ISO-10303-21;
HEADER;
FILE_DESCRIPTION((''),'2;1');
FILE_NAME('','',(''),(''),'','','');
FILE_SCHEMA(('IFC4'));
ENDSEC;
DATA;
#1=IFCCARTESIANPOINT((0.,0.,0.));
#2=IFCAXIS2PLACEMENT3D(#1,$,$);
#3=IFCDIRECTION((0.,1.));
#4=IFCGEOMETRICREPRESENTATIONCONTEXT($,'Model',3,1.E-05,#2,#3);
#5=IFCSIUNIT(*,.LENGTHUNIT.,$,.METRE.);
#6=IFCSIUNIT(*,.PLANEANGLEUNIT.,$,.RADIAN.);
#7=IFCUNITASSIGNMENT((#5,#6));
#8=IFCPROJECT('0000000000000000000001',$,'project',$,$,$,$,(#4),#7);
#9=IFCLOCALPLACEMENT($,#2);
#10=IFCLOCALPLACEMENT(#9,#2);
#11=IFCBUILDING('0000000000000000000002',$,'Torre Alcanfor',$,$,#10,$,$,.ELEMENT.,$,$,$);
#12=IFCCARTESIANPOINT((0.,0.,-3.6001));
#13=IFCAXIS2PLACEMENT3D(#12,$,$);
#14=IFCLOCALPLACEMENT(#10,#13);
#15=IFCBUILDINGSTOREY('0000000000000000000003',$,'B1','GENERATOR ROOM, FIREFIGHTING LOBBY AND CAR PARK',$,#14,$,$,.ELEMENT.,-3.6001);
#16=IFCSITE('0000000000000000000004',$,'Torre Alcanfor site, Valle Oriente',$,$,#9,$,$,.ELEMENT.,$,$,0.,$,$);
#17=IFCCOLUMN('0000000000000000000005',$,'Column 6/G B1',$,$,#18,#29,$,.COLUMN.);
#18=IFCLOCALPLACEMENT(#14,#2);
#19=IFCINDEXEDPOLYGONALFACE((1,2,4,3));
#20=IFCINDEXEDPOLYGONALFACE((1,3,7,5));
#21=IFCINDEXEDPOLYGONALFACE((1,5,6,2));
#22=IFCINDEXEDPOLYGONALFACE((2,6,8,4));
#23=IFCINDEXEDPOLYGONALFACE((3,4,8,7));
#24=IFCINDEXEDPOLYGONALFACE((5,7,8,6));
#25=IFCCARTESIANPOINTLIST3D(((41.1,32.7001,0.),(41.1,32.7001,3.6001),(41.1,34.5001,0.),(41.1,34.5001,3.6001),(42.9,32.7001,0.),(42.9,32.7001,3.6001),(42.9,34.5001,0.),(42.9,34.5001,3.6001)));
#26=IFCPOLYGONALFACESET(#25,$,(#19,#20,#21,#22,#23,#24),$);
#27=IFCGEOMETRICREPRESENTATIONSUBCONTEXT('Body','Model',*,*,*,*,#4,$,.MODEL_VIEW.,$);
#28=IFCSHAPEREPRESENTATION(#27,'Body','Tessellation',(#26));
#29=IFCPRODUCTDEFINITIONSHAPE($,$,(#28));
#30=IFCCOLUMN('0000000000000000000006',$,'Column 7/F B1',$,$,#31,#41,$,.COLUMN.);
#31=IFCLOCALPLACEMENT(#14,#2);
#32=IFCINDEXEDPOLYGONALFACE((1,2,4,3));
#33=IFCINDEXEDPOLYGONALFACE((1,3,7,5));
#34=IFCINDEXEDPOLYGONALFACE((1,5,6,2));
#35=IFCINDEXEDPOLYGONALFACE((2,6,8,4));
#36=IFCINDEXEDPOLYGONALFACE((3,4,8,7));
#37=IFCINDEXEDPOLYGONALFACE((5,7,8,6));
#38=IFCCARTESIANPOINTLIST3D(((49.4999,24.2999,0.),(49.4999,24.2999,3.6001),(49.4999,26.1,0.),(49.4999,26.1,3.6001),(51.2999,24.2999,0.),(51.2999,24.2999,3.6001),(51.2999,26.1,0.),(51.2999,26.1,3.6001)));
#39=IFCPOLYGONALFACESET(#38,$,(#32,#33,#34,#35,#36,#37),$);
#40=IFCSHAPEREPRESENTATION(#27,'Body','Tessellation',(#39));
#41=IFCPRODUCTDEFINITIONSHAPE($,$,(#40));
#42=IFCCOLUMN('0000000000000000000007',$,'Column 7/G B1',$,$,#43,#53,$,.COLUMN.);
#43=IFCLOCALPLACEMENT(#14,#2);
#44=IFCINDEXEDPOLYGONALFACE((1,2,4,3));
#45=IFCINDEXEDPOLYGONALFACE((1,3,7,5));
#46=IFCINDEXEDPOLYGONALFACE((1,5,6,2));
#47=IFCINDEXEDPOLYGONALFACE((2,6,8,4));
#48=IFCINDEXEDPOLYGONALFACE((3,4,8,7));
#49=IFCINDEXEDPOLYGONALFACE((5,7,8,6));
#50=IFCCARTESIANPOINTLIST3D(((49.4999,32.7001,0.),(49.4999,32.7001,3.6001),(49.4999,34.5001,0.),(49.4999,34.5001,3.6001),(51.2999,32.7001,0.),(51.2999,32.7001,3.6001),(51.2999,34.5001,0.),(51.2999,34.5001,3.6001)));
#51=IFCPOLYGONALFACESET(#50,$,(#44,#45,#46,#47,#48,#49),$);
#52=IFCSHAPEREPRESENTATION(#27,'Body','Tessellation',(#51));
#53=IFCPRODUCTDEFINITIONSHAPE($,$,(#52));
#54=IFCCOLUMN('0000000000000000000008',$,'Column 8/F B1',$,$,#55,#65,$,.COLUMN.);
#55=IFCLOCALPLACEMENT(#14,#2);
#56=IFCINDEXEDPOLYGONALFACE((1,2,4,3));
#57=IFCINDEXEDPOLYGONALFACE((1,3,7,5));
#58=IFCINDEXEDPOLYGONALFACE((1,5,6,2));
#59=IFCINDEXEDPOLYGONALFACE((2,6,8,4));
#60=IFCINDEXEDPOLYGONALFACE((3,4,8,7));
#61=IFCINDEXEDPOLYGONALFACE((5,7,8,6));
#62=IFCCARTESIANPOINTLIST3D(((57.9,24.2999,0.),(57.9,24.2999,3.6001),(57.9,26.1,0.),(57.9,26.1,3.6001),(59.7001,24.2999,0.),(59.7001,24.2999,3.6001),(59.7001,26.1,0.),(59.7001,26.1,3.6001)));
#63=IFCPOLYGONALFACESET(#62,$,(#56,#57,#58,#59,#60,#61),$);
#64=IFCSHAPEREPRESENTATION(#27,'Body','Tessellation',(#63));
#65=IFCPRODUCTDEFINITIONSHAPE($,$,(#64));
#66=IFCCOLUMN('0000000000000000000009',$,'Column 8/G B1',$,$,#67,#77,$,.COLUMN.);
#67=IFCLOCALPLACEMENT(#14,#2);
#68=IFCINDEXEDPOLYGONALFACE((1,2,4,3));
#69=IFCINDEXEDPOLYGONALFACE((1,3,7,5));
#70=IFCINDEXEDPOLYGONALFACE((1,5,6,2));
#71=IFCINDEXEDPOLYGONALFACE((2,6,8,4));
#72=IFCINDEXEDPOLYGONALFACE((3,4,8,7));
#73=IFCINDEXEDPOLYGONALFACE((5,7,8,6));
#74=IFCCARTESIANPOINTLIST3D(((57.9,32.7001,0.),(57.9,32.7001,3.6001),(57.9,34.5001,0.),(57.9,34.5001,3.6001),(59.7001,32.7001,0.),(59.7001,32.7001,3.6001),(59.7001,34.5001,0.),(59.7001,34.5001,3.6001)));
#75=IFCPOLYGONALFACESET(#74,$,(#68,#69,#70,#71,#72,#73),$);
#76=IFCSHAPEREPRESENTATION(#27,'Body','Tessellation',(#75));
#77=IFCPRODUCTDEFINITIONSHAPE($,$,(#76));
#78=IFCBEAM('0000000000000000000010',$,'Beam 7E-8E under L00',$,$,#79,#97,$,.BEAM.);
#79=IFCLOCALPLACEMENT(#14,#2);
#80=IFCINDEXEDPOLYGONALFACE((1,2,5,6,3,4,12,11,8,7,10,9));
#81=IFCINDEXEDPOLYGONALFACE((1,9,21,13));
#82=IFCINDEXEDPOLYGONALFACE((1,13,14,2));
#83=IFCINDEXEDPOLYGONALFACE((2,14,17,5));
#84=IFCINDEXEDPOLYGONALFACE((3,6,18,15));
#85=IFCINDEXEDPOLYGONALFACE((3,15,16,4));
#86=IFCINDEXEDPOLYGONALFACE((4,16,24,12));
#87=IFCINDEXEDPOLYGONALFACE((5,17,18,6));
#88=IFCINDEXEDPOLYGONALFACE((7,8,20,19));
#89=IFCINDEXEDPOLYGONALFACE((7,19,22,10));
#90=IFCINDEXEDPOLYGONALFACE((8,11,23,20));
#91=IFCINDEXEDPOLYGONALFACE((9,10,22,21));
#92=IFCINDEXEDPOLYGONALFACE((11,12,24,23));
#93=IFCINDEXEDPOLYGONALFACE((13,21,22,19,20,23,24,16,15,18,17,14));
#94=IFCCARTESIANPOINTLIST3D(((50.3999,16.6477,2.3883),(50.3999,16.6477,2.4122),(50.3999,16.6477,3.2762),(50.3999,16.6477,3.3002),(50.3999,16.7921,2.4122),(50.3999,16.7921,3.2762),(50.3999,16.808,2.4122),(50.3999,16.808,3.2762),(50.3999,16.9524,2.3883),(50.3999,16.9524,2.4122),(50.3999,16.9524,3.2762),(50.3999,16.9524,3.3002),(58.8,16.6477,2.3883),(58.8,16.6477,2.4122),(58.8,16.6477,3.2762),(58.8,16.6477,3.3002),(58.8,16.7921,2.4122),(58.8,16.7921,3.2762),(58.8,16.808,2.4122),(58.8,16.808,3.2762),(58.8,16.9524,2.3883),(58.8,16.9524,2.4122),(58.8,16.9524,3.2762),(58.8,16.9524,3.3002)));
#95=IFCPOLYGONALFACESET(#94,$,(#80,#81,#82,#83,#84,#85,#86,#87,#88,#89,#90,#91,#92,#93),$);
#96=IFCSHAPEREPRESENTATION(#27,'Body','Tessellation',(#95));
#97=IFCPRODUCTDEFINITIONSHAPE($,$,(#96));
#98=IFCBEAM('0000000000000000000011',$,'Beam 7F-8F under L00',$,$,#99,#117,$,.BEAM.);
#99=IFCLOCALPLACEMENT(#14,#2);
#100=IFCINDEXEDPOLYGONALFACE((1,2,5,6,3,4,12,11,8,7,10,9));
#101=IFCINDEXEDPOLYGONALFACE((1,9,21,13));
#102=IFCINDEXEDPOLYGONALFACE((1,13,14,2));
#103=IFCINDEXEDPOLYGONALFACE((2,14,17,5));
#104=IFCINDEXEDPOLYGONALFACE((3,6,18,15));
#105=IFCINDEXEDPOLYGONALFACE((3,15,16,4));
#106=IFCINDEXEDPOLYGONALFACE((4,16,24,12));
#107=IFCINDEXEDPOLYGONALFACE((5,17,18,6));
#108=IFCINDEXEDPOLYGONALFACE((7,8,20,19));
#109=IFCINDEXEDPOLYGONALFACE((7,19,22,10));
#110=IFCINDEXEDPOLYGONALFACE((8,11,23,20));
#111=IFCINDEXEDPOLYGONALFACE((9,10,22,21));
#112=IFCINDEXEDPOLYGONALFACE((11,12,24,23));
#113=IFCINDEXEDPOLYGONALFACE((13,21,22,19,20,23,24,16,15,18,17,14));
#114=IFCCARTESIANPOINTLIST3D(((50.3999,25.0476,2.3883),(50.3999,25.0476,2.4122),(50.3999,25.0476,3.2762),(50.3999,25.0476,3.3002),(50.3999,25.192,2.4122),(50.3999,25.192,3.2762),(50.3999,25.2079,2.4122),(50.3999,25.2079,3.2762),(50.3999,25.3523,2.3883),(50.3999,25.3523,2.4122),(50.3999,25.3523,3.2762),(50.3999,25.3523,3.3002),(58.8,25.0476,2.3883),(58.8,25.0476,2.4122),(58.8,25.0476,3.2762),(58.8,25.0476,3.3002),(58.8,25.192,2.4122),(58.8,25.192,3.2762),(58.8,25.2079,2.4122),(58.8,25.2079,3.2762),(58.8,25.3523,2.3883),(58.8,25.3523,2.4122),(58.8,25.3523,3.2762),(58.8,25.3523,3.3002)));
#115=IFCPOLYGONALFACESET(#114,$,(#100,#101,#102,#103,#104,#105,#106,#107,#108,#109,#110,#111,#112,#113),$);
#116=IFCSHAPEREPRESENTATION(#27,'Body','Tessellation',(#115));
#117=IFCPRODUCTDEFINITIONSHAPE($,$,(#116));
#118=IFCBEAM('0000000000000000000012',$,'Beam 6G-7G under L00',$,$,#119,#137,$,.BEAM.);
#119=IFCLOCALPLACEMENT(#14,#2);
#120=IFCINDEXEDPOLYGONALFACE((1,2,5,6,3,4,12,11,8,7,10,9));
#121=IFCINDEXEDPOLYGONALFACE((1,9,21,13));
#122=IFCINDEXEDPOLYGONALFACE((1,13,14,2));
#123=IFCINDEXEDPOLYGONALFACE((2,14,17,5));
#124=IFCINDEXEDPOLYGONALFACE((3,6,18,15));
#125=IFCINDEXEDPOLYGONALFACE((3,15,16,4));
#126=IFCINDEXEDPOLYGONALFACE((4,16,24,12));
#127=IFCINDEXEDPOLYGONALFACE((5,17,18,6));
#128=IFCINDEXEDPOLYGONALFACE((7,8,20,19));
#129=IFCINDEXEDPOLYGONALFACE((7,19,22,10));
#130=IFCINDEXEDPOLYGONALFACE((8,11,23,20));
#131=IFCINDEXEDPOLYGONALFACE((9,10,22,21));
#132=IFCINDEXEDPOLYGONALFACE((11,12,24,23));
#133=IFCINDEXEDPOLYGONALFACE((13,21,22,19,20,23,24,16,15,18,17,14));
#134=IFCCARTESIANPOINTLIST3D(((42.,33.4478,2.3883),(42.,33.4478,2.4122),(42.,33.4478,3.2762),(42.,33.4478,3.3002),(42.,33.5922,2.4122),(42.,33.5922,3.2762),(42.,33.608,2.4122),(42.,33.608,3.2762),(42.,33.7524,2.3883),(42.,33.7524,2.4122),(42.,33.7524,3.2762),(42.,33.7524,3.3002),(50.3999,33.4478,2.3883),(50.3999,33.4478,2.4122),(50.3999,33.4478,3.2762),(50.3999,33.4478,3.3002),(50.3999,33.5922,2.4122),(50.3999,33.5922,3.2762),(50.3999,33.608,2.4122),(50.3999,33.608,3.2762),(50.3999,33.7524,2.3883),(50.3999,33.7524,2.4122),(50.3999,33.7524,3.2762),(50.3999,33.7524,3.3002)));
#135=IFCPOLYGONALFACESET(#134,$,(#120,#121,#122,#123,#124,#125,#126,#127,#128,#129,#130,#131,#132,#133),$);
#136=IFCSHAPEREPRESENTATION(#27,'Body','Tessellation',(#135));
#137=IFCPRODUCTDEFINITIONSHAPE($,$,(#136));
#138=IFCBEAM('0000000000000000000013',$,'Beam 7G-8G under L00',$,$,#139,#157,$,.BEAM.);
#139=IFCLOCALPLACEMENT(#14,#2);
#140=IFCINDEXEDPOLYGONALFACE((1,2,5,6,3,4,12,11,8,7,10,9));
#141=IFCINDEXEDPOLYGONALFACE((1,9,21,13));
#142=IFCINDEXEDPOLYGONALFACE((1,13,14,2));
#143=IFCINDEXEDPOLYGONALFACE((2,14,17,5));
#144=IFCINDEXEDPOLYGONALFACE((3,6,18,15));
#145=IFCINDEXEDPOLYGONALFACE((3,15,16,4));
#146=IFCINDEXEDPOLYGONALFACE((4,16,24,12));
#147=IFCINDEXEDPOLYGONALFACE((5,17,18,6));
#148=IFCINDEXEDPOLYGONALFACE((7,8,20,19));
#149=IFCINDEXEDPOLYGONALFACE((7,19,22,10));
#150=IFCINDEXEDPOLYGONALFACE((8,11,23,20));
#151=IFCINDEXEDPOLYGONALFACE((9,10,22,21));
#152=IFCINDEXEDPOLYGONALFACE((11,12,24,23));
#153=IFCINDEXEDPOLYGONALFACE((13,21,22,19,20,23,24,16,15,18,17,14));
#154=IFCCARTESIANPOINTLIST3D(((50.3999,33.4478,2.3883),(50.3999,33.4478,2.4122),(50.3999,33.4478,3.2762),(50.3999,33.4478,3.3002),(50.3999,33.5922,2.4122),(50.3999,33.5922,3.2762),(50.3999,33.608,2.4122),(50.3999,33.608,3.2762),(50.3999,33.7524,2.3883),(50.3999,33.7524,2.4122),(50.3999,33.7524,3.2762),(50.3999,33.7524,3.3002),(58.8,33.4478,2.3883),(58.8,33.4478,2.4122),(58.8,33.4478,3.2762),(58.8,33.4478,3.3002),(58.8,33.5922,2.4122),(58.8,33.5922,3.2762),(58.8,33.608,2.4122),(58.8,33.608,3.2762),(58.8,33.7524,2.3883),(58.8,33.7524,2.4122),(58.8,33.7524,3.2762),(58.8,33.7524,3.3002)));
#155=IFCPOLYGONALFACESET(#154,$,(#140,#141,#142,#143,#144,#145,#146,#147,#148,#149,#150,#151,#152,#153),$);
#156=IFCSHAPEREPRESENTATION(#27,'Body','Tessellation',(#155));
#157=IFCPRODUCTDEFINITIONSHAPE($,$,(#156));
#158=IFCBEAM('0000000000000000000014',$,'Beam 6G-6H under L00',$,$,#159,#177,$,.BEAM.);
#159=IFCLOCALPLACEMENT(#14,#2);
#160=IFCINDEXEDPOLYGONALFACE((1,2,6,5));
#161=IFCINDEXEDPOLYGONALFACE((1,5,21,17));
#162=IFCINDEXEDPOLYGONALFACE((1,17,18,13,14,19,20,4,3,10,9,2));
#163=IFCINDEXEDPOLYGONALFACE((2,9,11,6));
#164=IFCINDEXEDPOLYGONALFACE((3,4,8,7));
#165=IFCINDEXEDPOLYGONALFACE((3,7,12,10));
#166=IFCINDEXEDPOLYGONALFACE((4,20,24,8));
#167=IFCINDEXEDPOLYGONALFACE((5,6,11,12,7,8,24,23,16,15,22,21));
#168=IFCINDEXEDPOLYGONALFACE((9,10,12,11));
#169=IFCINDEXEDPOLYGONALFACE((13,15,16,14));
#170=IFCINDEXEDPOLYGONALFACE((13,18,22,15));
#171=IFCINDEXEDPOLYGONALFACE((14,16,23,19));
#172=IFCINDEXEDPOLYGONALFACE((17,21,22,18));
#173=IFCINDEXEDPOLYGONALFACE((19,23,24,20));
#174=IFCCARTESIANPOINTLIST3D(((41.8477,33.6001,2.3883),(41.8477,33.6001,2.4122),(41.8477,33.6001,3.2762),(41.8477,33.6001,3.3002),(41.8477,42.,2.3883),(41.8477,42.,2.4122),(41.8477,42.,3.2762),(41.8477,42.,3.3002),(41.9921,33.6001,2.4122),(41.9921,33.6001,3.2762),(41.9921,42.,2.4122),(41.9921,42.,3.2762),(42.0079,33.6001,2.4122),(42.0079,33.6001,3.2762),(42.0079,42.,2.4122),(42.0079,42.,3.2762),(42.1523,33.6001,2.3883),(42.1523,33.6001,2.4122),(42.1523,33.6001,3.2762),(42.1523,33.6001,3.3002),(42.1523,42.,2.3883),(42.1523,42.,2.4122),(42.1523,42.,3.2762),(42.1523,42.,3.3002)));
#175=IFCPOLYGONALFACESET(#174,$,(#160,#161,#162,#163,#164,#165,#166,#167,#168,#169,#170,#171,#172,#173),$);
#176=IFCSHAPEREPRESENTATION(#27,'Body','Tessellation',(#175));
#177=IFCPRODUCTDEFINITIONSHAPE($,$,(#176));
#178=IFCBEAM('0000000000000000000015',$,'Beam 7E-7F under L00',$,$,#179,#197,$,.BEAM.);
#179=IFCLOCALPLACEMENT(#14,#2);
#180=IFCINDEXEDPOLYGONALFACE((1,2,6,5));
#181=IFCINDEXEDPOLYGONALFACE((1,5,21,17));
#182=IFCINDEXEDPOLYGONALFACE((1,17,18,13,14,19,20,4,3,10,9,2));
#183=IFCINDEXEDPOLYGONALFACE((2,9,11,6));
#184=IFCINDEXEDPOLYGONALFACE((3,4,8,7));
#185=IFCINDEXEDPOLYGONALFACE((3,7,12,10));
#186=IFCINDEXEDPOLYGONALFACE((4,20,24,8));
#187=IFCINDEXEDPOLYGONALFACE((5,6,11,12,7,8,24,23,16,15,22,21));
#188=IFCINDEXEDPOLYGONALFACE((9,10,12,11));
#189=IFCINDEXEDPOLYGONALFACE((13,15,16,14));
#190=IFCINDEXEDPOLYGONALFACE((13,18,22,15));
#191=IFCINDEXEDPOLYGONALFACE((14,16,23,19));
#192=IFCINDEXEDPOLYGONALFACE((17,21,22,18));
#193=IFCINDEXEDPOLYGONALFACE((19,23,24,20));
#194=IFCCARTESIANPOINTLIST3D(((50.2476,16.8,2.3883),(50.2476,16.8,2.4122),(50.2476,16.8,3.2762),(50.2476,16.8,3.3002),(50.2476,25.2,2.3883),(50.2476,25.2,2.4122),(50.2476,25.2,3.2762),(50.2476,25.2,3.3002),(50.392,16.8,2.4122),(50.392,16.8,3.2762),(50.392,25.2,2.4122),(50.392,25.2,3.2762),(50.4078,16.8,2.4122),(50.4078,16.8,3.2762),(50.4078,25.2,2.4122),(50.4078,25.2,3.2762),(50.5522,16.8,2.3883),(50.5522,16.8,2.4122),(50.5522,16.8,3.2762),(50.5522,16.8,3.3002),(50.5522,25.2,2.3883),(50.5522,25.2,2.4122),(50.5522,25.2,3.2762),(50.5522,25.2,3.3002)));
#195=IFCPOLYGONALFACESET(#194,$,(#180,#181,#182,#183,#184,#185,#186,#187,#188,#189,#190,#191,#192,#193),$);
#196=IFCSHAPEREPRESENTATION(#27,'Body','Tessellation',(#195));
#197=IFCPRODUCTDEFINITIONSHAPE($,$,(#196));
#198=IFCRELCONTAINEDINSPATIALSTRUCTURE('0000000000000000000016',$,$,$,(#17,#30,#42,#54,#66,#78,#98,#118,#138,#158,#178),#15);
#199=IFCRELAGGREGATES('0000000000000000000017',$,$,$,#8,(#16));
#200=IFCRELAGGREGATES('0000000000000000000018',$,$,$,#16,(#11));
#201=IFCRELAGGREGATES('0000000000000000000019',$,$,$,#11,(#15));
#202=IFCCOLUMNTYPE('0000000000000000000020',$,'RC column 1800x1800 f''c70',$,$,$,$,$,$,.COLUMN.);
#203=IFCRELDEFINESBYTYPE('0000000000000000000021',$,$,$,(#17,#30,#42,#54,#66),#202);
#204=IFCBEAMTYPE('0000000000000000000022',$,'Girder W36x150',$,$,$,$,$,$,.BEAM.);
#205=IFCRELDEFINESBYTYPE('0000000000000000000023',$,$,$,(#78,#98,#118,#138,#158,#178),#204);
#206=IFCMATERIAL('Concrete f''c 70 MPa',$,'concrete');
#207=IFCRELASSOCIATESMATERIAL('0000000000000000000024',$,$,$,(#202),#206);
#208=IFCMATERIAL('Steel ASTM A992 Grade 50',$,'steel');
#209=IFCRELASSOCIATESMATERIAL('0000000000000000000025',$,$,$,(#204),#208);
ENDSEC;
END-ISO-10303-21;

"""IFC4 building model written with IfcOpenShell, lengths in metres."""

from ifc_helpers import new_model, si_unit, direction, frame, origin, origin_2d, place, context, subcontext, project, spatial, rectangle, i_section, extrude, material, material_profile, profile_set, type_object, element, save


model = new_model("IFC4")

# Units and contexts
model_context = context("Model", 3, precision=1e-05, world=origin(), true_north=direction((0.0, 1.0)))
body_context = subcontext(model_context, "Body", "Model", "MODEL_VIEW")
ifc_project = project(units=[si_unit("LENGTHUNIT", "METRE"), si_unit("PLANEANGLEUNIT", "RADIAN")], contexts=[model_context])

# Site, building, storey
site_placement = place(None, origin())
site = spatial("IfcSite", under=ifc_project, at=site_placement, Name="Torre Alcanfor site, Valle Oriente", CompositionType="ELEMENT", RefElevation=0.0)
building_placement = place(site_placement, origin())
building = spatial("IfcBuilding", under=site, at=building_placement, Name="Torre Alcanfor", CompositionType="ELEMENT")
storey_placement = place(building_placement, frame((0.0, 0.0, -3.6001)))
storey = spatial("IfcBuildingStorey", under=building, at=storey_placement, Name="B1", Description="GENERATOR ROOM, FIREFIGHTING LOBBY AND CAR PARK", CompositionType="ELEMENT", Elevation=-3.6001)

# Columns
ifc_material_1 = material(Name="Concrete f'c 70 MPa", Category="concrete")
ifc_material_profile_1 = material_profile(ifc_material_1, rectangle(XDim=1.8, YDim=1.8, at=origin_2d()), Name="1800x1800")
ifc_profile_set_1 = profile_set([ifc_material_profile_1], Name="Concrete f'c 70 MPa")
column_type = type_object("IfcColumnType", Name="RC column 1800x1800 f'c70", PredefinedType="COLUMN", material=ifc_profile_set_1)
for number, where, z_axis, x_axis, name in (
    (1, (42.0, 33.6001, 0.0), (0.0, 0.0, 1.0), (1.0, 0.0, 0.0), "Column 6/G B1"),
    (2, (50.3999, 25.2, 0.0), (0.0, 0.0, 1.0), (1.0, 0.0, 0.0), "Column 7/F B1"),
    (3, (50.3999, 33.6001, 0.0), (0.0, 0.0, 1.0), (1.0, 0.0, 0.0), "Column 7/G B1"),
    (4, (58.8, 25.2, 0.0), (0.0, 0.0, 1.0), (1.0, 0.0, 0.0), "Column 8/F B1"),
    (5, (58.8, 33.6001, 0.0), (0.0, 0.0, 1.0), (1.0, 0.0, 0.0), "Column 8/G B1"),
):
    element("IfcColumn", number, at=place(storey_placement, frame(where, z_axis=z_axis, x_axis=x_axis)), inside=storey, type_object=column_type, Name=name, PredefinedType="COLUMN", context=body_context, shape_type="SweptSolid", body=[
        extrude(rectangle(XDim=1.8, YDim=1.8, at=origin_2d()), origin(), (0.0, 0.0, 1.0), 3.6001),
    ])

# Beams
ifc_material_2 = material(Name="Steel ASTM A992 Grade 50", Category="steel")
ifc_material_profile_2 = material_profile(ifc_material_2, i_section(OverallWidth=0.3047, OverallDepth=0.9119, WebThickness=0.0159, FlangeThickness=0.0239, at=origin_2d()), Name="W36x150")
ifc_profile_set_2 = profile_set([ifc_material_profile_2], Name="Steel ASTM A992 Grade 50")
beam_type_1 = type_object("IfcBeamType", Name="Girder W36x150", PredefinedType="BEAM", material=ifc_profile_set_2)
for number, where, z_axis, x_axis, name in (
    (6, (50.3999, 16.8, 2.8442), (1.0, 0.0, 0.0), (0.0, 1.0, 0.0), "Beam 7E-8E under L00"),
    (7, (50.3999, 25.2, 2.8442), (1.0, 0.0, 0.0), (0.0, 1.0, 0.0), "Beam 7F-8F under L00"),
):
    element("IfcBeam", number, at=place(storey_placement, frame(where, z_axis=z_axis, x_axis=x_axis)), inside=storey, type_object=beam_type_1, Name=name, PredefinedType="BEAM", context=body_context, shape_type="SweptSolid", body=[
        extrude(i_section(OverallWidth=0.3047, OverallDepth=0.9119, WebThickness=0.0159, FlangeThickness=0.0239, at=origin_2d()), origin(), (0.0, 0.0, 1.0), 8.4001),
    ])
beam_1_placement = place(storey_placement, frame((42.0, 33.6001, 2.8442), z_axis=(1.0, 0.0, 0.0), x_axis=(0.0, 1.0, 0.0)))
element("IfcBeam", 8, at=beam_1_placement, inside=storey, type_object=beam_type_1, Name="Beam 6G-7G under L00", PredefinedType="BEAM", context=body_context, shape_type="SweptSolid", body=[
    extrude(i_section(OverallWidth=0.3047, OverallDepth=0.9119, WebThickness=0.0159, FlangeThickness=0.0239, at=origin_2d()), origin(), (0.0, 0.0, 1.0), 8.3999),
])
beam_2_placement = place(storey_placement, frame((50.3999, 33.6001, 2.8442), z_axis=(1.0, 0.0, 0.0), x_axis=(0.0, 1.0, 0.0)))
element("IfcBeam", 9, at=beam_2_placement, inside=storey, type_object=beam_type_1, Name="Beam 7G-8G under L00", PredefinedType="BEAM", context=body_context, shape_type="SweptSolid", body=[
    extrude(i_section(OverallWidth=0.3047, OverallDepth=0.9119, WebThickness=0.0159, FlangeThickness=0.0239, at=origin_2d()), origin(), (0.0, 0.0, 1.0), 8.4001),
])
for number, where, z_axis, x_axis, name in (
    (10, (42.0, 33.6001, 2.8442), (0.0, 1.0, 0.0), (-1.0, 0.0, 0.0), "Beam 6G-6H under L00"),
    (11, (50.3999, 16.8, 2.8442), (0.0, 1.0, 0.0), (-1.0, 0.0, 0.0), "Beam 7E-7F under L00"),
):
    element("IfcBeam", number, at=place(storey_placement, frame(where, z_axis=z_axis, x_axis=x_axis)), inside=storey, type_object=beam_type_1, Name=name, PredefinedType="BEAM", context=body_context, shape_type="SweptSolid", body=[
        extrude(i_section(OverallWidth=0.3047, OverallDepth=0.9119, WebThickness=0.0159, FlangeThickness=0.0239, at=origin_2d()), origin(), (0.0, 0.0, 1.0), 8.3999),
    ])

save(model, "model.ifc")
